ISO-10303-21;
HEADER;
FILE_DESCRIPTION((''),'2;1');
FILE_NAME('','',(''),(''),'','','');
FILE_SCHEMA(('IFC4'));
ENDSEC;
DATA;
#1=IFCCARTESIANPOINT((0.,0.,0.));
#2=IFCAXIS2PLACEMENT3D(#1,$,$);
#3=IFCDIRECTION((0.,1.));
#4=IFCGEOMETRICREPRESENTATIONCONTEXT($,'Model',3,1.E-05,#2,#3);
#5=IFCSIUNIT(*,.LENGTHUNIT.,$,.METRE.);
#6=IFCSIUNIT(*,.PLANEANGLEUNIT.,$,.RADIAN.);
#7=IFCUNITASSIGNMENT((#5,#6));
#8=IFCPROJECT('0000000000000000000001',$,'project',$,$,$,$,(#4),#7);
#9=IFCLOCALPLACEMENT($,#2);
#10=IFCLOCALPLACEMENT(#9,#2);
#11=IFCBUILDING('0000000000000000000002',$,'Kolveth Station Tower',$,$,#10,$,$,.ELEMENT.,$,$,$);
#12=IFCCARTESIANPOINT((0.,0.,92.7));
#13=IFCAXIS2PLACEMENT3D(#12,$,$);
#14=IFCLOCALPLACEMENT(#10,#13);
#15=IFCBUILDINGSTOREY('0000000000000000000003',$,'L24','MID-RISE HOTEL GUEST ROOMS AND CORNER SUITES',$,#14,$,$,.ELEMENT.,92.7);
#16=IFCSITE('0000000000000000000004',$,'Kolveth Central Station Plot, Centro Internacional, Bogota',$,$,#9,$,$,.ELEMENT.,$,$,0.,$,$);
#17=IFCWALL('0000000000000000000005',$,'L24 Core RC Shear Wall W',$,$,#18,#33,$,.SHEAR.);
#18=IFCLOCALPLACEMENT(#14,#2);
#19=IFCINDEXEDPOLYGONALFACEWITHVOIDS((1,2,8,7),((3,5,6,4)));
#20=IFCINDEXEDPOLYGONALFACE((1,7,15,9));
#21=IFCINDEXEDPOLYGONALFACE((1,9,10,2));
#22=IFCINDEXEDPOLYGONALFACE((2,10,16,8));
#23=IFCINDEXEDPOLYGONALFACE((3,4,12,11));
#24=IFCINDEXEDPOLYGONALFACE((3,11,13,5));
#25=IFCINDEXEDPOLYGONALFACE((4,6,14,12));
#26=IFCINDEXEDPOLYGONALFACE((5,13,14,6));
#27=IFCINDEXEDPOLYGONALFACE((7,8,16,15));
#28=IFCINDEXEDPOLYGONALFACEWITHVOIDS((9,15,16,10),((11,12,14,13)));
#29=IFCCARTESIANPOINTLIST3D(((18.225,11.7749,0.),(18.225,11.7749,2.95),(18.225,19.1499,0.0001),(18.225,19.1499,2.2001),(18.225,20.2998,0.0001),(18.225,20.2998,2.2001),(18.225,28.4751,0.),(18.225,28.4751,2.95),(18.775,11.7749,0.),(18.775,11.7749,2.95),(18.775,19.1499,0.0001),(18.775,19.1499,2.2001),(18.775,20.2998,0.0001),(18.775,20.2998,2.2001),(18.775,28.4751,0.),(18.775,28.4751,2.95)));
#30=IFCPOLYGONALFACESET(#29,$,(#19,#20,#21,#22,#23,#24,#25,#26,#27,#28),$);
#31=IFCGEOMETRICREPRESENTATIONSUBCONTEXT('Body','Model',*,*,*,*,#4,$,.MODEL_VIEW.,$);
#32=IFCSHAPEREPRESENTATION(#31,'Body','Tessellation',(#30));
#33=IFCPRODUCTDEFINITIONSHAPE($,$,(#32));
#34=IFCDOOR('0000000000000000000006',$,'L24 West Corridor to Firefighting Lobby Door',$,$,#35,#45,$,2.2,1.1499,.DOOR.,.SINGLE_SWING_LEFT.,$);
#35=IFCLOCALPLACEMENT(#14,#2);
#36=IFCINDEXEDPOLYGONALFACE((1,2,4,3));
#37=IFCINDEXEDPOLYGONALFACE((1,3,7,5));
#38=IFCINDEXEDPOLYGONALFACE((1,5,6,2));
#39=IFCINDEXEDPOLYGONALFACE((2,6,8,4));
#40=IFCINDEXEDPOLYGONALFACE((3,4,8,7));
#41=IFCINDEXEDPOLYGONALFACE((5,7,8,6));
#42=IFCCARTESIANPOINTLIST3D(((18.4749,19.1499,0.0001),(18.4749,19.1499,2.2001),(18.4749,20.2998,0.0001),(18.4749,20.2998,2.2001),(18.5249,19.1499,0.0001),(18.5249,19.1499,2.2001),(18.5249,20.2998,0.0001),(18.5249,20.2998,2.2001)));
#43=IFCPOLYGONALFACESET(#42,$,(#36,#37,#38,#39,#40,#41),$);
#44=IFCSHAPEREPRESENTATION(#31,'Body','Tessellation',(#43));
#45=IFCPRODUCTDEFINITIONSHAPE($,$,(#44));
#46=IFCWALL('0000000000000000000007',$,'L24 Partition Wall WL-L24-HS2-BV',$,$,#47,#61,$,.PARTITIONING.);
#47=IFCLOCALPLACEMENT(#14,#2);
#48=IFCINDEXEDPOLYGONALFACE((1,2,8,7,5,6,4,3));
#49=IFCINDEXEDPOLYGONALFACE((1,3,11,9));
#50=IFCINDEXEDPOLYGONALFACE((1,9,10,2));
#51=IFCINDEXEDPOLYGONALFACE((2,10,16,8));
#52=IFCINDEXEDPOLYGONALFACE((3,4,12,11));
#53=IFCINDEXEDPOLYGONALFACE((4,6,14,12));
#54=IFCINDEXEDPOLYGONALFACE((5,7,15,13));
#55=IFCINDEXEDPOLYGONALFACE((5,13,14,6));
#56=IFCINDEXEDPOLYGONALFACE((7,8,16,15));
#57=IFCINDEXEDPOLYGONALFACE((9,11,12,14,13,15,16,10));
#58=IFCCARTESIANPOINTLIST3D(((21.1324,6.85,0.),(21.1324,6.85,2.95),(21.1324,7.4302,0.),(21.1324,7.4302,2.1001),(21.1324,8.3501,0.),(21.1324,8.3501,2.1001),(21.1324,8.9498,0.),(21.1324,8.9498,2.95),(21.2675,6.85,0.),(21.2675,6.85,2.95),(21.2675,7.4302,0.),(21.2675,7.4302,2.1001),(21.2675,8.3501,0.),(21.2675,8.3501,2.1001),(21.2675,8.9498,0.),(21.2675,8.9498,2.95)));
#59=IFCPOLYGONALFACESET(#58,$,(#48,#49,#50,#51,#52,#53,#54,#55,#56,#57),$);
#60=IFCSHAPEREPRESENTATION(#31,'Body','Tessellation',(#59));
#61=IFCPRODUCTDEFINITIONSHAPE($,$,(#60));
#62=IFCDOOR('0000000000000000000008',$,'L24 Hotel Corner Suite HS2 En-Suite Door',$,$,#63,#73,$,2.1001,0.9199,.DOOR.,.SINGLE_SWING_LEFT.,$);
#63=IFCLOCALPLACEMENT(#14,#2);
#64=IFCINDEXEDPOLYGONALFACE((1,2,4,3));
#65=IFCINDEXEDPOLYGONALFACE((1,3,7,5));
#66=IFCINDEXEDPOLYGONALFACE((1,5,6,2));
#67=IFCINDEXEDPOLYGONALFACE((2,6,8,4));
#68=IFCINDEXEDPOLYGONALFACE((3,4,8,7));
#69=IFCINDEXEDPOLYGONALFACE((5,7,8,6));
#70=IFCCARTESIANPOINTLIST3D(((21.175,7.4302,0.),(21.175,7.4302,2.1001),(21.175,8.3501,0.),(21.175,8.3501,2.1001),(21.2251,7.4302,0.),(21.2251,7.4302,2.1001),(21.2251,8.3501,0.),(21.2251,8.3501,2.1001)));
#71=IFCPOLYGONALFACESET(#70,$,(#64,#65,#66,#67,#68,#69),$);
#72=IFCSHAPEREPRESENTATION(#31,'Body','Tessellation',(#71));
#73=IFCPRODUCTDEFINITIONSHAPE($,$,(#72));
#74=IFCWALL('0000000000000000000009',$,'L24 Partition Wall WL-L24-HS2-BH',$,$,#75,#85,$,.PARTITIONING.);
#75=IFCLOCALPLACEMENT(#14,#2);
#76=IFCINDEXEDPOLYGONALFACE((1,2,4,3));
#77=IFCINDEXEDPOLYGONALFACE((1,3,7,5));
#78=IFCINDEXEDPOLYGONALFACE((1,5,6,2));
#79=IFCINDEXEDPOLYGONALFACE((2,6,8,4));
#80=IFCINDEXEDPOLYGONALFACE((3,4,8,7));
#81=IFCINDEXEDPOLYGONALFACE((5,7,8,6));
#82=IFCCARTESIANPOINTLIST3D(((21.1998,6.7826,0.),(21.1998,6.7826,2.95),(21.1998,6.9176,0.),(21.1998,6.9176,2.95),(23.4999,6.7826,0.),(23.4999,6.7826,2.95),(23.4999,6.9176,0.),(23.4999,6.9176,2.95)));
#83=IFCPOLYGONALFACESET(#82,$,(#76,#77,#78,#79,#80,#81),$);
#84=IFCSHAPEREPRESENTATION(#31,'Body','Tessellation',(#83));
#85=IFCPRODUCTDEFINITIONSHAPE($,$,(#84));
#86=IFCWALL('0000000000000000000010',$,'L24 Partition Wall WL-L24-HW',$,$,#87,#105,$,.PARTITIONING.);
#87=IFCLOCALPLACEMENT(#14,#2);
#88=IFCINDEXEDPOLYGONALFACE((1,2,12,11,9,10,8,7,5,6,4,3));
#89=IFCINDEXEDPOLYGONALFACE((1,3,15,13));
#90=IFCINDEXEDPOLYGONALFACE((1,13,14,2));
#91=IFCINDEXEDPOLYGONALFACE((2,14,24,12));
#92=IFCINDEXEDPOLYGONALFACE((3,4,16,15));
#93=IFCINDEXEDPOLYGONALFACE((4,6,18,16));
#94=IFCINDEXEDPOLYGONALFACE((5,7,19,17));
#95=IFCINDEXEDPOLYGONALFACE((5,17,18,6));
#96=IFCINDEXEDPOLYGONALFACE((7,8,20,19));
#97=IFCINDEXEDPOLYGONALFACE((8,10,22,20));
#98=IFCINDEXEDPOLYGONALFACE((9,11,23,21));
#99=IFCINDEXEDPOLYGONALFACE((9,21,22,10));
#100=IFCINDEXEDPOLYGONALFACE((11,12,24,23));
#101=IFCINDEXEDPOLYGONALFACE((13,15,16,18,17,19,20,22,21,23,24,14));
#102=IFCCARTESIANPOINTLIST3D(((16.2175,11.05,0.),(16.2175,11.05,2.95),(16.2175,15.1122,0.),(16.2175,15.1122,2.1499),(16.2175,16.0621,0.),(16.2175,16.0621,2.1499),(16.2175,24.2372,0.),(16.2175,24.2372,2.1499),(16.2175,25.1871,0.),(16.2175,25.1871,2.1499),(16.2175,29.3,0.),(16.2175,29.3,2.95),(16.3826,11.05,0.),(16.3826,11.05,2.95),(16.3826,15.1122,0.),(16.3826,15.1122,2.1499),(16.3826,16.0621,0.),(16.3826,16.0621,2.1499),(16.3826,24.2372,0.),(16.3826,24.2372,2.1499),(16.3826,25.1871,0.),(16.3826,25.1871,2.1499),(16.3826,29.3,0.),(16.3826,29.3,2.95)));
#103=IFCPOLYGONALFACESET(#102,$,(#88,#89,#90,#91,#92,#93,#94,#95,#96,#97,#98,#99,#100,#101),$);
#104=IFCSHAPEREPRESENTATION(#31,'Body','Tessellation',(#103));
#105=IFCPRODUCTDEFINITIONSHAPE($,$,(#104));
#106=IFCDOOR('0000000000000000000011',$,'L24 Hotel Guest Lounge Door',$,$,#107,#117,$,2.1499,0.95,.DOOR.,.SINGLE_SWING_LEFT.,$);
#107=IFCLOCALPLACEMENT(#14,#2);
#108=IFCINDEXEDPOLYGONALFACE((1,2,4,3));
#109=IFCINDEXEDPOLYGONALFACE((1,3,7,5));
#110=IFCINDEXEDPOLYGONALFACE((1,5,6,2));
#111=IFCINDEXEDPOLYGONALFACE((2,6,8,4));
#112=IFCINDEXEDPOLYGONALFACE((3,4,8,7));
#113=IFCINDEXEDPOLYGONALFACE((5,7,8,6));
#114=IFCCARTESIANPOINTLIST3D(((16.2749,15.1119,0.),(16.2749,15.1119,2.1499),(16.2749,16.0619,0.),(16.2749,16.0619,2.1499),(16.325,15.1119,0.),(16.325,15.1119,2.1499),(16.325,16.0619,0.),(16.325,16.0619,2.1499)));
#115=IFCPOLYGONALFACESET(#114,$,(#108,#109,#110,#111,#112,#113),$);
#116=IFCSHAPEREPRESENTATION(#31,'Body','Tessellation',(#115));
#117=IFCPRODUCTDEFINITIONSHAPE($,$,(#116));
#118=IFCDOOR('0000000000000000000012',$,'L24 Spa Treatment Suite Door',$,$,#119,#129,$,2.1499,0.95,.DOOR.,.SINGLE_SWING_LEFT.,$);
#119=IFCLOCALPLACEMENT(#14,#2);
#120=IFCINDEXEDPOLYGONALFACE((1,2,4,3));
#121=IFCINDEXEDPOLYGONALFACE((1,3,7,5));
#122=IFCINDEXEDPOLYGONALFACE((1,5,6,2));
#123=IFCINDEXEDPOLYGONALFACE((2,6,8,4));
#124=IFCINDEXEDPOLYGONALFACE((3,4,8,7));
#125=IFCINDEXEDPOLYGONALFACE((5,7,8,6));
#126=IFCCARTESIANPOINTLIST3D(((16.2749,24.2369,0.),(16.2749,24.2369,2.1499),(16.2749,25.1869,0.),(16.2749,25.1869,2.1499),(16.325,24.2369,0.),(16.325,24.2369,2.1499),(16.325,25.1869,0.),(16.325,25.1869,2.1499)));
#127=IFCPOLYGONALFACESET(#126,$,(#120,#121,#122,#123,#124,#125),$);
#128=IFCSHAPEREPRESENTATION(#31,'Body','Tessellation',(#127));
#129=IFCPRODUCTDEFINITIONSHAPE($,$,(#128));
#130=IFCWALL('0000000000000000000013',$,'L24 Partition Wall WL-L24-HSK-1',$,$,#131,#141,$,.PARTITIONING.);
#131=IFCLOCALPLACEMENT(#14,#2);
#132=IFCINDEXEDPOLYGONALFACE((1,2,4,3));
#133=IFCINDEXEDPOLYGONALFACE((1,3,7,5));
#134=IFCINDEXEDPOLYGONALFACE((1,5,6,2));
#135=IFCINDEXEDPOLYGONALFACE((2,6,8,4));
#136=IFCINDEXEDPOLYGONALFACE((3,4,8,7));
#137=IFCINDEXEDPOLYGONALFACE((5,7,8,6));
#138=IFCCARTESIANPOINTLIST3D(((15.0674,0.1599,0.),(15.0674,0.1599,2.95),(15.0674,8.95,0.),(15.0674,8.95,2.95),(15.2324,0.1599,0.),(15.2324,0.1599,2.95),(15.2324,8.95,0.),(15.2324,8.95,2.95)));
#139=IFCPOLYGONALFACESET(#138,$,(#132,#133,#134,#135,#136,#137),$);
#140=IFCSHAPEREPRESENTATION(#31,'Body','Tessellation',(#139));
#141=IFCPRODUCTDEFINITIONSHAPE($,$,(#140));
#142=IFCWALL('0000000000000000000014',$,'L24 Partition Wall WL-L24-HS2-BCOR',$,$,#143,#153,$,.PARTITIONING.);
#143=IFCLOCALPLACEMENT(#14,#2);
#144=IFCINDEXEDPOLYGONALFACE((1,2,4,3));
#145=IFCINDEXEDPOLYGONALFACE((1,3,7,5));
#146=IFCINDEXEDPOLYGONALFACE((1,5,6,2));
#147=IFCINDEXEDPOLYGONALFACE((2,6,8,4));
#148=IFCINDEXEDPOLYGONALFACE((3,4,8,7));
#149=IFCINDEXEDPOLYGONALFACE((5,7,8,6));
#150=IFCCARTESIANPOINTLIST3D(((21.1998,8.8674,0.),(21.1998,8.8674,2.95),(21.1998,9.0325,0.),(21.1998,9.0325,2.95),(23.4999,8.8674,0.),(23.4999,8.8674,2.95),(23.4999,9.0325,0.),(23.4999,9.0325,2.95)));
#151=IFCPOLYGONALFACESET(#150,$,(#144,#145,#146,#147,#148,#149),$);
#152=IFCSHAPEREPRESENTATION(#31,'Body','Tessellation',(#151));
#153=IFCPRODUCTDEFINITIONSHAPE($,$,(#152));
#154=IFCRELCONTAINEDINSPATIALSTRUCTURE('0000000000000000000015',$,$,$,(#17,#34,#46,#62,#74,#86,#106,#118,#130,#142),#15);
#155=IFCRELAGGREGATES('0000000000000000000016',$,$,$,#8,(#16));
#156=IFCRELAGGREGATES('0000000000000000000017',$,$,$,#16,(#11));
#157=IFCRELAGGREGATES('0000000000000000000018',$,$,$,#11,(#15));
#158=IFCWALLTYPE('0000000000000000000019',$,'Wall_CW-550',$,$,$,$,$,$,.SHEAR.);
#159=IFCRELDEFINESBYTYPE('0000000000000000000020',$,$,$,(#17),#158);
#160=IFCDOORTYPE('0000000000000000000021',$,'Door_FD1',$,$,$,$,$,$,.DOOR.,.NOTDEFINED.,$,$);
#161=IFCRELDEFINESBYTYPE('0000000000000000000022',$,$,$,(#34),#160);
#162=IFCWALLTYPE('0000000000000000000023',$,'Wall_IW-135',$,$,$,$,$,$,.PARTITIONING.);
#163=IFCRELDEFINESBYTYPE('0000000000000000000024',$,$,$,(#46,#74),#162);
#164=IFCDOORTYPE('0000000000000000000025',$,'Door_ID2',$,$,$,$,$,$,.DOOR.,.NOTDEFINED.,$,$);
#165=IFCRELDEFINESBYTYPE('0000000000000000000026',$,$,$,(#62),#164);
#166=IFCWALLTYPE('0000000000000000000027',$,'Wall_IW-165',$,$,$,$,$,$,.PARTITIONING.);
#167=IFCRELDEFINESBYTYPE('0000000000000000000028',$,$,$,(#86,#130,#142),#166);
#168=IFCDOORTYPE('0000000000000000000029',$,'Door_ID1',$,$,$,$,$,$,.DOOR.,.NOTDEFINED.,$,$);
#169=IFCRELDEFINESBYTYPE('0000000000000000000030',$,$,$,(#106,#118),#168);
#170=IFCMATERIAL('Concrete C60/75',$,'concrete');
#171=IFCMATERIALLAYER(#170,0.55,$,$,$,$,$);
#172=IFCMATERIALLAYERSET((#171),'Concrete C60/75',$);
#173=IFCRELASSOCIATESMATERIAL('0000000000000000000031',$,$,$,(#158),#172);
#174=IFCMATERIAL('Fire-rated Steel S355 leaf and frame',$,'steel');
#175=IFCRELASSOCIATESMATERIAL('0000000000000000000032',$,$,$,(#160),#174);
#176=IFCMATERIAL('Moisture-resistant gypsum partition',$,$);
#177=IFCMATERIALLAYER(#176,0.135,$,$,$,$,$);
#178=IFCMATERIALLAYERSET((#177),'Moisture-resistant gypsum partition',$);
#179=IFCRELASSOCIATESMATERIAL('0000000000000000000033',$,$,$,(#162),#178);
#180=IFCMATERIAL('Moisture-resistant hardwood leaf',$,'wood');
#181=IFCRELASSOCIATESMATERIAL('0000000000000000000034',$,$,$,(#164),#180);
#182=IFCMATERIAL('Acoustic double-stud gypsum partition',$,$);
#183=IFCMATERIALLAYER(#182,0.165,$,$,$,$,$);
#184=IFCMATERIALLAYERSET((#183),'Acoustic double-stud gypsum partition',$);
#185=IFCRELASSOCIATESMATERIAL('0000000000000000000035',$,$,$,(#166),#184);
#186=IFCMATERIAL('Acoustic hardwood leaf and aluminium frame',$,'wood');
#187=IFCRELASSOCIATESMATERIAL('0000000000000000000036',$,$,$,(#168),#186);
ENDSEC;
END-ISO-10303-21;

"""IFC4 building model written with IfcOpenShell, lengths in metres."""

from ifc_helpers import new_model, si_unit, direction, frame, frame_2d, origin, place, context, subcontext, project, spatial, rectangle, extrude, material, layer, layer_set, type_object, element, fill, save


model = new_model("IFC4")

# Units and contexts
model_context = context("Model", 3, precision=1e-05, world=origin(), true_north=direction((0.0, 1.0)))
body_context = subcontext(model_context, "Body", "Model", "MODEL_VIEW")
ifc_project = project(units=[si_unit("LENGTHUNIT", "METRE"), si_unit("PLANEANGLEUNIT", "RADIAN")], contexts=[model_context])

# Site, building, storey
site_placement = place(None, origin())
site = spatial("IfcSite", under=ifc_project, at=site_placement, Name="Kolveth Central Station Plot, Centro Internacional, Bogota", CompositionType="ELEMENT", RefElevation=0.0)
building_placement = place(site_placement, origin())
building = spatial("IfcBuilding", under=site, at=building_placement, Name="Kolveth Station Tower", CompositionType="ELEMENT")
storey_placement = place(building_placement, frame((0.0, 0.0, 92.7)))
storey = spatial("IfcBuildingStorey", under=building, at=storey_placement, Name="L24", Description="MID-RISE HOTEL GUEST ROOMS AND CORNER SUITES", CompositionType="ELEMENT", Elevation=92.7)

# Shared definitions
ifc_material_1 = material(Name="Concrete C60/75", Category="concrete")

# Shared definitions
ifc_layer_1 = layer(ifc_material_1, 0.55)
ifc_layer_set_1 = layer_set([ifc_layer_1], Name="Concrete C60/75")
wall_type_1 = type_object("IfcWallType", Name="Wall_CW-550", PredefinedType="SHEAR", material=ifc_layer_set_1)

# Walls, openings, doors
wall_1_placement = place(storey_placement, frame((18.5, 11.7749, 0.0), z_axis=(0.0, 0.0, 1.0), x_axis=(0.0, 1.0, 0.0)))
wall_1 = element("IfcWall", 1, at=wall_1_placement, inside=storey, type_object=wall_type_1, Name="L24 Core RC Shear Wall W", PredefinedType="SHEAR", context=body_context, shape_type="SweptSolid", body=[
    extrude(rectangle(XDim=16.7002, YDim=0.55, at=frame_2d((8.3501, 0.0))), origin(), (0.0, 0.0, 1.0), 2.95),
])
opening_1_placement = place(wall_1_placement, frame((7.375, 0.0, 0.0)))
opening_1 = element("IfcOpeningElement", 2, at=opening_1_placement, cuts=wall_1, PredefinedType="OPENING", context=body_context, shape_type="SweptSolid", body=[
    extrude(rectangle(XDim=1.1499, YDim=2.2, at=frame_2d((0.575, 1.1001))), frame((0.0, 0.2849, 0.0), z_axis=(0.0, -1.0, 0.0), x_axis=(1.0, 0.0, 0.0)), (0.0, 0.0, 1.0), 0.5701),
])
ifc_material_2 = material(Name="Fire-rated Steel S355 leaf and frame", Category="steel")
door_type_1 = type_object("IfcDoorType", Name="Door_FD1", OperationType="NOTDEFINED", PredefinedType="DOOR", material=ifc_material_2)
door_1_placement = place(opening_1_placement, frame((1.1499, 0.0, 0.0), z_axis=(0.0, 0.0, 1.0), x_axis=(-1.0, 0.0, 0.0)))
door_1 = element("IfcDoor", 3, at=door_1_placement, inside=storey, type_object=door_type_1, Name="L24 West Corridor to Firefighting Lobby Door", OperationType="SINGLE_SWING_LEFT", OverallHeight=2.2, OverallWidth=1.1499, PredefinedType="DOOR", context=body_context, shape_type="SweptSolid", body=[
    extrude(rectangle(XDim=1.1499, YDim=2.2, at=frame_2d((0.575, 1.1001))), frame((0.0, 0.0249, 0.0), z_axis=(0.0, -1.0, 0.0), x_axis=(1.0, 0.0, 0.0)), (0.0, 0.0, 1.0), 0.05),
])
fill(opening_1, door_1)
ifc_material_3 = material(Name="Moisture-resistant gypsum partition")
ifc_layer_2 = layer(ifc_material_3, 0.135)
ifc_layer_set_2 = layer_set([ifc_layer_2], Name="Moisture-resistant gypsum partition")
wall_type_2 = type_object("IfcWallType", Name="Wall_IW-135", PredefinedType="PARTITIONING", material=ifc_layer_set_2)
wall_2_placement = place(storey_placement, frame((21.2, 6.8501, 0.0), z_axis=(0.0, 0.0, 1.0), x_axis=(0.0, 1.0, 0.0)))
wall_2 = element("IfcWall", 4, at=wall_2_placement, inside=storey, type_object=wall_type_2, Name="L24 Partition Wall WL-L24-HS2-BV", PredefinedType="PARTITIONING", context=body_context, shape_type="SweptSolid", body=[
    extrude(rectangle(XDim=2.0999, YDim=0.135, at=frame_2d((1.0498, 0.0))), origin(), (0.0, 0.0, 1.0), 2.95),
])
opening_2_placement = place(wall_2_placement, frame((0.5801, 0.0, 0.0)))
opening_2 = element("IfcOpeningElement", 5, at=opening_2_placement, cuts=wall_2, PredefinedType="OPENING", context=body_context, shape_type="SweptSolid", body=[
    extrude(rectangle(XDim=0.9199, YDim=2.1001, at=frame_2d((0.46, 1.05))), frame((0.0, 0.0774, 0.0), z_axis=(0.0, -1.0, 0.0), x_axis=(1.0, 0.0, 0.0)), (0.0, 0.0, 1.0), 0.155),
])
ifc_material_4 = material(Name="Moisture-resistant hardwood leaf", Category="wood")
door_type_2 = type_object("IfcDoorType", Name="Door_ID2", OperationType="NOTDEFINED", PredefinedType="DOOR", material=ifc_material_4)
door_2_placement = place(opening_2_placement, origin())
door_2 = element("IfcDoor", 6, at=door_2_placement, inside=storey, type_object=door_type_2, Name="L24 Hotel Corner Suite HS2 En-Suite Door", OperationType="SINGLE_SWING_LEFT", OverallHeight=2.1001, OverallWidth=0.9199, PredefinedType="DOOR", context=body_context, shape_type="SweptSolid", body=[
    extrude(rectangle(XDim=0.9199, YDim=2.1001, at=frame_2d((0.46, 1.05))), frame((0.0, 0.0249, 0.0), z_axis=(0.0, -1.0, 0.0), x_axis=(1.0, 0.0, 0.0)), (0.0, 0.0, 1.0), 0.05),
])
fill(opening_2, door_2)

# Wall
wall_3_placement = place(storey_placement, frame((21.2, 6.8501, 0.0), z_axis=(0.0, 0.0, 1.0), x_axis=(1.0, 0.0, 0.0)))
element("IfcWall", 7, at=wall_3_placement, inside=storey, type_object=wall_type_2, Name="L24 Partition Wall WL-L24-HS2-BH", PredefinedType="PARTITIONING", context=body_context, shape_type="SweptSolid", body=[
    extrude(rectangle(XDim=2.3, YDim=0.135, at=frame_2d((1.1499, 0.0))), origin(), (0.0, 0.0, 1.0), 2.95),
])

# Wall, openings, doors
ifc_material_5 = material(Name="Acoustic double-stud gypsum partition")
ifc_layer_3 = layer(ifc_material_5, 0.165)
ifc_layer_set_3 = layer_set([ifc_layer_3], Name="Acoustic double-stud gypsum partition")
wall_type_3 = type_object("IfcWallType", Name="Wall_IW-165", PredefinedType="PARTITIONING", material=ifc_layer_set_3)
wall_4_placement = place(storey_placement, frame((16.3, 11.05, 0.0), z_axis=(0.0, 0.0, 1.0), x_axis=(0.0, 1.0, 0.0)))
wall_4 = element("IfcWall", 8, at=wall_4_placement, inside=storey, type_object=wall_type_3, Name="L24 Partition Wall WL-L24-HW", PredefinedType="PARTITIONING", context=body_context, shape_type="SweptSolid", body=[
    extrude(rectangle(XDim=18.25, YDim=0.165, at=frame_2d((9.125, 0.0))), origin(), (0.0, 0.0, 1.0), 2.95),
])
opening_3_placement = place(wall_4_placement, frame((4.062, 0.0, 0.0)))
opening_3 = element("IfcOpeningElement", 9, at=opening_3_placement, cuts=wall_4, PredefinedType="OPENING", context=body_context, shape_type="SweptSolid", body=[
    extrude(rectangle(XDim=0.95, YDim=2.1499, at=frame_2d((0.4751, 1.075))), frame((0.0, 0.0925, 0.0), z_axis=(0.0, -1.0, 0.0), x_axis=(1.0, 0.0, 0.0)), (0.0, 0.0, 1.0), 0.1851),
])
opening_4_placement = place(wall_4_placement, frame((13.187, 0.0, 0.0)))
opening_4 = element("IfcOpeningElement", 10, at=opening_4_placement, cuts=wall_4, PredefinedType="OPENING", context=body_context, shape_type="SweptSolid", body=[
    extrude(rectangle(XDim=0.95, YDim=2.1499, at=frame_2d((0.4751, 1.075))), frame((0.0, 0.0925, 0.0), z_axis=(0.0, -1.0, 0.0), x_axis=(1.0, 0.0, 0.0)), (0.0, 0.0, 1.0), 0.1851),
])
ifc_material_6 = material(Name="Acoustic hardwood leaf and aluminium frame", Category="wood")
door_type_3 = type_object("IfcDoorType", Name="Door_ID1", OperationType="NOTDEFINED", PredefinedType="DOOR", material=ifc_material_6)
door_3_placement = place(opening_3_placement, frame((0.95, 0.0, 0.0), z_axis=(0.0, 0.0, 1.0), x_axis=(-1.0, 0.0, 0.0)))
door_3 = element("IfcDoor", 11, at=door_3_placement, inside=storey, type_object=door_type_3, Name="L24 Hotel Guest Lounge Door", OperationType="SINGLE_SWING_LEFT", OverallHeight=2.1499, OverallWidth=0.95, PredefinedType="DOOR", context=body_context, shape_type="SweptSolid", body=[
    extrude(rectangle(XDim=0.95, YDim=2.1499, at=frame_2d((0.4751, 1.075))), frame((0.0, 0.0249, 0.0), z_axis=(0.0, -1.0, 0.0), x_axis=(1.0, 0.0, 0.0)), (0.0, 0.0, 1.0), 0.05),
])
fill(opening_3, door_3)
door_4_placement = place(opening_4_placement, frame((0.95, 0.0, 0.0), z_axis=(0.0, 0.0, 1.0), x_axis=(-1.0, 0.0, 0.0)))
door_4 = element("IfcDoor", 12, at=door_4_placement, inside=storey, type_object=door_type_3, Name="L24 Spa Treatment Suite Door", OperationType="SINGLE_SWING_LEFT", OverallHeight=2.1499, OverallWidth=0.95, PredefinedType="DOOR", context=body_context, shape_type="SweptSolid", body=[
    extrude(rectangle(XDim=0.95, YDim=2.1499, at=frame_2d((0.4751, 1.075))), frame((0.0, 0.0249, 0.0), z_axis=(0.0, -1.0, 0.0), x_axis=(1.0, 0.0, 0.0)), (0.0, 0.0, 1.0), 0.05),
])
fill(opening_4, door_4)

# Walls
wall_5_placement = place(storey_placement, frame((15.1499, 0.1599, 0.0), z_axis=(0.0, 0.0, 1.0), x_axis=(0.0, 1.0, 0.0)))
element("IfcWall", 13, at=wall_5_placement, inside=storey, type_object=wall_type_3, Name="L24 Partition Wall WL-L24-HSK-1", PredefinedType="PARTITIONING", context=body_context, shape_type="SweptSolid", body=[
    extrude(rectangle(XDim=8.79, YDim=0.165, at=frame_2d((4.395, 0.0))), origin(), (0.0, 0.0, 1.0), 2.95),
])
wall_6_placement = place(storey_placement, frame((21.2, 8.95, 0.0), z_axis=(0.0, 0.0, 1.0), x_axis=(1.0, 0.0, 0.0)))
element("IfcWall", 14, at=wall_6_placement, inside=storey, type_object=wall_type_3, Name="L24 Partition Wall WL-L24-HS2-BCOR", PredefinedType="PARTITIONING", context=body_context, shape_type="SweptSolid", body=[
    extrude(rectangle(XDim=2.3, YDim=0.165, at=frame_2d((1.1499, 0.0))), origin(), (0.0, 0.0, 1.0), 2.95),
])

save(model, "model.ifc")
